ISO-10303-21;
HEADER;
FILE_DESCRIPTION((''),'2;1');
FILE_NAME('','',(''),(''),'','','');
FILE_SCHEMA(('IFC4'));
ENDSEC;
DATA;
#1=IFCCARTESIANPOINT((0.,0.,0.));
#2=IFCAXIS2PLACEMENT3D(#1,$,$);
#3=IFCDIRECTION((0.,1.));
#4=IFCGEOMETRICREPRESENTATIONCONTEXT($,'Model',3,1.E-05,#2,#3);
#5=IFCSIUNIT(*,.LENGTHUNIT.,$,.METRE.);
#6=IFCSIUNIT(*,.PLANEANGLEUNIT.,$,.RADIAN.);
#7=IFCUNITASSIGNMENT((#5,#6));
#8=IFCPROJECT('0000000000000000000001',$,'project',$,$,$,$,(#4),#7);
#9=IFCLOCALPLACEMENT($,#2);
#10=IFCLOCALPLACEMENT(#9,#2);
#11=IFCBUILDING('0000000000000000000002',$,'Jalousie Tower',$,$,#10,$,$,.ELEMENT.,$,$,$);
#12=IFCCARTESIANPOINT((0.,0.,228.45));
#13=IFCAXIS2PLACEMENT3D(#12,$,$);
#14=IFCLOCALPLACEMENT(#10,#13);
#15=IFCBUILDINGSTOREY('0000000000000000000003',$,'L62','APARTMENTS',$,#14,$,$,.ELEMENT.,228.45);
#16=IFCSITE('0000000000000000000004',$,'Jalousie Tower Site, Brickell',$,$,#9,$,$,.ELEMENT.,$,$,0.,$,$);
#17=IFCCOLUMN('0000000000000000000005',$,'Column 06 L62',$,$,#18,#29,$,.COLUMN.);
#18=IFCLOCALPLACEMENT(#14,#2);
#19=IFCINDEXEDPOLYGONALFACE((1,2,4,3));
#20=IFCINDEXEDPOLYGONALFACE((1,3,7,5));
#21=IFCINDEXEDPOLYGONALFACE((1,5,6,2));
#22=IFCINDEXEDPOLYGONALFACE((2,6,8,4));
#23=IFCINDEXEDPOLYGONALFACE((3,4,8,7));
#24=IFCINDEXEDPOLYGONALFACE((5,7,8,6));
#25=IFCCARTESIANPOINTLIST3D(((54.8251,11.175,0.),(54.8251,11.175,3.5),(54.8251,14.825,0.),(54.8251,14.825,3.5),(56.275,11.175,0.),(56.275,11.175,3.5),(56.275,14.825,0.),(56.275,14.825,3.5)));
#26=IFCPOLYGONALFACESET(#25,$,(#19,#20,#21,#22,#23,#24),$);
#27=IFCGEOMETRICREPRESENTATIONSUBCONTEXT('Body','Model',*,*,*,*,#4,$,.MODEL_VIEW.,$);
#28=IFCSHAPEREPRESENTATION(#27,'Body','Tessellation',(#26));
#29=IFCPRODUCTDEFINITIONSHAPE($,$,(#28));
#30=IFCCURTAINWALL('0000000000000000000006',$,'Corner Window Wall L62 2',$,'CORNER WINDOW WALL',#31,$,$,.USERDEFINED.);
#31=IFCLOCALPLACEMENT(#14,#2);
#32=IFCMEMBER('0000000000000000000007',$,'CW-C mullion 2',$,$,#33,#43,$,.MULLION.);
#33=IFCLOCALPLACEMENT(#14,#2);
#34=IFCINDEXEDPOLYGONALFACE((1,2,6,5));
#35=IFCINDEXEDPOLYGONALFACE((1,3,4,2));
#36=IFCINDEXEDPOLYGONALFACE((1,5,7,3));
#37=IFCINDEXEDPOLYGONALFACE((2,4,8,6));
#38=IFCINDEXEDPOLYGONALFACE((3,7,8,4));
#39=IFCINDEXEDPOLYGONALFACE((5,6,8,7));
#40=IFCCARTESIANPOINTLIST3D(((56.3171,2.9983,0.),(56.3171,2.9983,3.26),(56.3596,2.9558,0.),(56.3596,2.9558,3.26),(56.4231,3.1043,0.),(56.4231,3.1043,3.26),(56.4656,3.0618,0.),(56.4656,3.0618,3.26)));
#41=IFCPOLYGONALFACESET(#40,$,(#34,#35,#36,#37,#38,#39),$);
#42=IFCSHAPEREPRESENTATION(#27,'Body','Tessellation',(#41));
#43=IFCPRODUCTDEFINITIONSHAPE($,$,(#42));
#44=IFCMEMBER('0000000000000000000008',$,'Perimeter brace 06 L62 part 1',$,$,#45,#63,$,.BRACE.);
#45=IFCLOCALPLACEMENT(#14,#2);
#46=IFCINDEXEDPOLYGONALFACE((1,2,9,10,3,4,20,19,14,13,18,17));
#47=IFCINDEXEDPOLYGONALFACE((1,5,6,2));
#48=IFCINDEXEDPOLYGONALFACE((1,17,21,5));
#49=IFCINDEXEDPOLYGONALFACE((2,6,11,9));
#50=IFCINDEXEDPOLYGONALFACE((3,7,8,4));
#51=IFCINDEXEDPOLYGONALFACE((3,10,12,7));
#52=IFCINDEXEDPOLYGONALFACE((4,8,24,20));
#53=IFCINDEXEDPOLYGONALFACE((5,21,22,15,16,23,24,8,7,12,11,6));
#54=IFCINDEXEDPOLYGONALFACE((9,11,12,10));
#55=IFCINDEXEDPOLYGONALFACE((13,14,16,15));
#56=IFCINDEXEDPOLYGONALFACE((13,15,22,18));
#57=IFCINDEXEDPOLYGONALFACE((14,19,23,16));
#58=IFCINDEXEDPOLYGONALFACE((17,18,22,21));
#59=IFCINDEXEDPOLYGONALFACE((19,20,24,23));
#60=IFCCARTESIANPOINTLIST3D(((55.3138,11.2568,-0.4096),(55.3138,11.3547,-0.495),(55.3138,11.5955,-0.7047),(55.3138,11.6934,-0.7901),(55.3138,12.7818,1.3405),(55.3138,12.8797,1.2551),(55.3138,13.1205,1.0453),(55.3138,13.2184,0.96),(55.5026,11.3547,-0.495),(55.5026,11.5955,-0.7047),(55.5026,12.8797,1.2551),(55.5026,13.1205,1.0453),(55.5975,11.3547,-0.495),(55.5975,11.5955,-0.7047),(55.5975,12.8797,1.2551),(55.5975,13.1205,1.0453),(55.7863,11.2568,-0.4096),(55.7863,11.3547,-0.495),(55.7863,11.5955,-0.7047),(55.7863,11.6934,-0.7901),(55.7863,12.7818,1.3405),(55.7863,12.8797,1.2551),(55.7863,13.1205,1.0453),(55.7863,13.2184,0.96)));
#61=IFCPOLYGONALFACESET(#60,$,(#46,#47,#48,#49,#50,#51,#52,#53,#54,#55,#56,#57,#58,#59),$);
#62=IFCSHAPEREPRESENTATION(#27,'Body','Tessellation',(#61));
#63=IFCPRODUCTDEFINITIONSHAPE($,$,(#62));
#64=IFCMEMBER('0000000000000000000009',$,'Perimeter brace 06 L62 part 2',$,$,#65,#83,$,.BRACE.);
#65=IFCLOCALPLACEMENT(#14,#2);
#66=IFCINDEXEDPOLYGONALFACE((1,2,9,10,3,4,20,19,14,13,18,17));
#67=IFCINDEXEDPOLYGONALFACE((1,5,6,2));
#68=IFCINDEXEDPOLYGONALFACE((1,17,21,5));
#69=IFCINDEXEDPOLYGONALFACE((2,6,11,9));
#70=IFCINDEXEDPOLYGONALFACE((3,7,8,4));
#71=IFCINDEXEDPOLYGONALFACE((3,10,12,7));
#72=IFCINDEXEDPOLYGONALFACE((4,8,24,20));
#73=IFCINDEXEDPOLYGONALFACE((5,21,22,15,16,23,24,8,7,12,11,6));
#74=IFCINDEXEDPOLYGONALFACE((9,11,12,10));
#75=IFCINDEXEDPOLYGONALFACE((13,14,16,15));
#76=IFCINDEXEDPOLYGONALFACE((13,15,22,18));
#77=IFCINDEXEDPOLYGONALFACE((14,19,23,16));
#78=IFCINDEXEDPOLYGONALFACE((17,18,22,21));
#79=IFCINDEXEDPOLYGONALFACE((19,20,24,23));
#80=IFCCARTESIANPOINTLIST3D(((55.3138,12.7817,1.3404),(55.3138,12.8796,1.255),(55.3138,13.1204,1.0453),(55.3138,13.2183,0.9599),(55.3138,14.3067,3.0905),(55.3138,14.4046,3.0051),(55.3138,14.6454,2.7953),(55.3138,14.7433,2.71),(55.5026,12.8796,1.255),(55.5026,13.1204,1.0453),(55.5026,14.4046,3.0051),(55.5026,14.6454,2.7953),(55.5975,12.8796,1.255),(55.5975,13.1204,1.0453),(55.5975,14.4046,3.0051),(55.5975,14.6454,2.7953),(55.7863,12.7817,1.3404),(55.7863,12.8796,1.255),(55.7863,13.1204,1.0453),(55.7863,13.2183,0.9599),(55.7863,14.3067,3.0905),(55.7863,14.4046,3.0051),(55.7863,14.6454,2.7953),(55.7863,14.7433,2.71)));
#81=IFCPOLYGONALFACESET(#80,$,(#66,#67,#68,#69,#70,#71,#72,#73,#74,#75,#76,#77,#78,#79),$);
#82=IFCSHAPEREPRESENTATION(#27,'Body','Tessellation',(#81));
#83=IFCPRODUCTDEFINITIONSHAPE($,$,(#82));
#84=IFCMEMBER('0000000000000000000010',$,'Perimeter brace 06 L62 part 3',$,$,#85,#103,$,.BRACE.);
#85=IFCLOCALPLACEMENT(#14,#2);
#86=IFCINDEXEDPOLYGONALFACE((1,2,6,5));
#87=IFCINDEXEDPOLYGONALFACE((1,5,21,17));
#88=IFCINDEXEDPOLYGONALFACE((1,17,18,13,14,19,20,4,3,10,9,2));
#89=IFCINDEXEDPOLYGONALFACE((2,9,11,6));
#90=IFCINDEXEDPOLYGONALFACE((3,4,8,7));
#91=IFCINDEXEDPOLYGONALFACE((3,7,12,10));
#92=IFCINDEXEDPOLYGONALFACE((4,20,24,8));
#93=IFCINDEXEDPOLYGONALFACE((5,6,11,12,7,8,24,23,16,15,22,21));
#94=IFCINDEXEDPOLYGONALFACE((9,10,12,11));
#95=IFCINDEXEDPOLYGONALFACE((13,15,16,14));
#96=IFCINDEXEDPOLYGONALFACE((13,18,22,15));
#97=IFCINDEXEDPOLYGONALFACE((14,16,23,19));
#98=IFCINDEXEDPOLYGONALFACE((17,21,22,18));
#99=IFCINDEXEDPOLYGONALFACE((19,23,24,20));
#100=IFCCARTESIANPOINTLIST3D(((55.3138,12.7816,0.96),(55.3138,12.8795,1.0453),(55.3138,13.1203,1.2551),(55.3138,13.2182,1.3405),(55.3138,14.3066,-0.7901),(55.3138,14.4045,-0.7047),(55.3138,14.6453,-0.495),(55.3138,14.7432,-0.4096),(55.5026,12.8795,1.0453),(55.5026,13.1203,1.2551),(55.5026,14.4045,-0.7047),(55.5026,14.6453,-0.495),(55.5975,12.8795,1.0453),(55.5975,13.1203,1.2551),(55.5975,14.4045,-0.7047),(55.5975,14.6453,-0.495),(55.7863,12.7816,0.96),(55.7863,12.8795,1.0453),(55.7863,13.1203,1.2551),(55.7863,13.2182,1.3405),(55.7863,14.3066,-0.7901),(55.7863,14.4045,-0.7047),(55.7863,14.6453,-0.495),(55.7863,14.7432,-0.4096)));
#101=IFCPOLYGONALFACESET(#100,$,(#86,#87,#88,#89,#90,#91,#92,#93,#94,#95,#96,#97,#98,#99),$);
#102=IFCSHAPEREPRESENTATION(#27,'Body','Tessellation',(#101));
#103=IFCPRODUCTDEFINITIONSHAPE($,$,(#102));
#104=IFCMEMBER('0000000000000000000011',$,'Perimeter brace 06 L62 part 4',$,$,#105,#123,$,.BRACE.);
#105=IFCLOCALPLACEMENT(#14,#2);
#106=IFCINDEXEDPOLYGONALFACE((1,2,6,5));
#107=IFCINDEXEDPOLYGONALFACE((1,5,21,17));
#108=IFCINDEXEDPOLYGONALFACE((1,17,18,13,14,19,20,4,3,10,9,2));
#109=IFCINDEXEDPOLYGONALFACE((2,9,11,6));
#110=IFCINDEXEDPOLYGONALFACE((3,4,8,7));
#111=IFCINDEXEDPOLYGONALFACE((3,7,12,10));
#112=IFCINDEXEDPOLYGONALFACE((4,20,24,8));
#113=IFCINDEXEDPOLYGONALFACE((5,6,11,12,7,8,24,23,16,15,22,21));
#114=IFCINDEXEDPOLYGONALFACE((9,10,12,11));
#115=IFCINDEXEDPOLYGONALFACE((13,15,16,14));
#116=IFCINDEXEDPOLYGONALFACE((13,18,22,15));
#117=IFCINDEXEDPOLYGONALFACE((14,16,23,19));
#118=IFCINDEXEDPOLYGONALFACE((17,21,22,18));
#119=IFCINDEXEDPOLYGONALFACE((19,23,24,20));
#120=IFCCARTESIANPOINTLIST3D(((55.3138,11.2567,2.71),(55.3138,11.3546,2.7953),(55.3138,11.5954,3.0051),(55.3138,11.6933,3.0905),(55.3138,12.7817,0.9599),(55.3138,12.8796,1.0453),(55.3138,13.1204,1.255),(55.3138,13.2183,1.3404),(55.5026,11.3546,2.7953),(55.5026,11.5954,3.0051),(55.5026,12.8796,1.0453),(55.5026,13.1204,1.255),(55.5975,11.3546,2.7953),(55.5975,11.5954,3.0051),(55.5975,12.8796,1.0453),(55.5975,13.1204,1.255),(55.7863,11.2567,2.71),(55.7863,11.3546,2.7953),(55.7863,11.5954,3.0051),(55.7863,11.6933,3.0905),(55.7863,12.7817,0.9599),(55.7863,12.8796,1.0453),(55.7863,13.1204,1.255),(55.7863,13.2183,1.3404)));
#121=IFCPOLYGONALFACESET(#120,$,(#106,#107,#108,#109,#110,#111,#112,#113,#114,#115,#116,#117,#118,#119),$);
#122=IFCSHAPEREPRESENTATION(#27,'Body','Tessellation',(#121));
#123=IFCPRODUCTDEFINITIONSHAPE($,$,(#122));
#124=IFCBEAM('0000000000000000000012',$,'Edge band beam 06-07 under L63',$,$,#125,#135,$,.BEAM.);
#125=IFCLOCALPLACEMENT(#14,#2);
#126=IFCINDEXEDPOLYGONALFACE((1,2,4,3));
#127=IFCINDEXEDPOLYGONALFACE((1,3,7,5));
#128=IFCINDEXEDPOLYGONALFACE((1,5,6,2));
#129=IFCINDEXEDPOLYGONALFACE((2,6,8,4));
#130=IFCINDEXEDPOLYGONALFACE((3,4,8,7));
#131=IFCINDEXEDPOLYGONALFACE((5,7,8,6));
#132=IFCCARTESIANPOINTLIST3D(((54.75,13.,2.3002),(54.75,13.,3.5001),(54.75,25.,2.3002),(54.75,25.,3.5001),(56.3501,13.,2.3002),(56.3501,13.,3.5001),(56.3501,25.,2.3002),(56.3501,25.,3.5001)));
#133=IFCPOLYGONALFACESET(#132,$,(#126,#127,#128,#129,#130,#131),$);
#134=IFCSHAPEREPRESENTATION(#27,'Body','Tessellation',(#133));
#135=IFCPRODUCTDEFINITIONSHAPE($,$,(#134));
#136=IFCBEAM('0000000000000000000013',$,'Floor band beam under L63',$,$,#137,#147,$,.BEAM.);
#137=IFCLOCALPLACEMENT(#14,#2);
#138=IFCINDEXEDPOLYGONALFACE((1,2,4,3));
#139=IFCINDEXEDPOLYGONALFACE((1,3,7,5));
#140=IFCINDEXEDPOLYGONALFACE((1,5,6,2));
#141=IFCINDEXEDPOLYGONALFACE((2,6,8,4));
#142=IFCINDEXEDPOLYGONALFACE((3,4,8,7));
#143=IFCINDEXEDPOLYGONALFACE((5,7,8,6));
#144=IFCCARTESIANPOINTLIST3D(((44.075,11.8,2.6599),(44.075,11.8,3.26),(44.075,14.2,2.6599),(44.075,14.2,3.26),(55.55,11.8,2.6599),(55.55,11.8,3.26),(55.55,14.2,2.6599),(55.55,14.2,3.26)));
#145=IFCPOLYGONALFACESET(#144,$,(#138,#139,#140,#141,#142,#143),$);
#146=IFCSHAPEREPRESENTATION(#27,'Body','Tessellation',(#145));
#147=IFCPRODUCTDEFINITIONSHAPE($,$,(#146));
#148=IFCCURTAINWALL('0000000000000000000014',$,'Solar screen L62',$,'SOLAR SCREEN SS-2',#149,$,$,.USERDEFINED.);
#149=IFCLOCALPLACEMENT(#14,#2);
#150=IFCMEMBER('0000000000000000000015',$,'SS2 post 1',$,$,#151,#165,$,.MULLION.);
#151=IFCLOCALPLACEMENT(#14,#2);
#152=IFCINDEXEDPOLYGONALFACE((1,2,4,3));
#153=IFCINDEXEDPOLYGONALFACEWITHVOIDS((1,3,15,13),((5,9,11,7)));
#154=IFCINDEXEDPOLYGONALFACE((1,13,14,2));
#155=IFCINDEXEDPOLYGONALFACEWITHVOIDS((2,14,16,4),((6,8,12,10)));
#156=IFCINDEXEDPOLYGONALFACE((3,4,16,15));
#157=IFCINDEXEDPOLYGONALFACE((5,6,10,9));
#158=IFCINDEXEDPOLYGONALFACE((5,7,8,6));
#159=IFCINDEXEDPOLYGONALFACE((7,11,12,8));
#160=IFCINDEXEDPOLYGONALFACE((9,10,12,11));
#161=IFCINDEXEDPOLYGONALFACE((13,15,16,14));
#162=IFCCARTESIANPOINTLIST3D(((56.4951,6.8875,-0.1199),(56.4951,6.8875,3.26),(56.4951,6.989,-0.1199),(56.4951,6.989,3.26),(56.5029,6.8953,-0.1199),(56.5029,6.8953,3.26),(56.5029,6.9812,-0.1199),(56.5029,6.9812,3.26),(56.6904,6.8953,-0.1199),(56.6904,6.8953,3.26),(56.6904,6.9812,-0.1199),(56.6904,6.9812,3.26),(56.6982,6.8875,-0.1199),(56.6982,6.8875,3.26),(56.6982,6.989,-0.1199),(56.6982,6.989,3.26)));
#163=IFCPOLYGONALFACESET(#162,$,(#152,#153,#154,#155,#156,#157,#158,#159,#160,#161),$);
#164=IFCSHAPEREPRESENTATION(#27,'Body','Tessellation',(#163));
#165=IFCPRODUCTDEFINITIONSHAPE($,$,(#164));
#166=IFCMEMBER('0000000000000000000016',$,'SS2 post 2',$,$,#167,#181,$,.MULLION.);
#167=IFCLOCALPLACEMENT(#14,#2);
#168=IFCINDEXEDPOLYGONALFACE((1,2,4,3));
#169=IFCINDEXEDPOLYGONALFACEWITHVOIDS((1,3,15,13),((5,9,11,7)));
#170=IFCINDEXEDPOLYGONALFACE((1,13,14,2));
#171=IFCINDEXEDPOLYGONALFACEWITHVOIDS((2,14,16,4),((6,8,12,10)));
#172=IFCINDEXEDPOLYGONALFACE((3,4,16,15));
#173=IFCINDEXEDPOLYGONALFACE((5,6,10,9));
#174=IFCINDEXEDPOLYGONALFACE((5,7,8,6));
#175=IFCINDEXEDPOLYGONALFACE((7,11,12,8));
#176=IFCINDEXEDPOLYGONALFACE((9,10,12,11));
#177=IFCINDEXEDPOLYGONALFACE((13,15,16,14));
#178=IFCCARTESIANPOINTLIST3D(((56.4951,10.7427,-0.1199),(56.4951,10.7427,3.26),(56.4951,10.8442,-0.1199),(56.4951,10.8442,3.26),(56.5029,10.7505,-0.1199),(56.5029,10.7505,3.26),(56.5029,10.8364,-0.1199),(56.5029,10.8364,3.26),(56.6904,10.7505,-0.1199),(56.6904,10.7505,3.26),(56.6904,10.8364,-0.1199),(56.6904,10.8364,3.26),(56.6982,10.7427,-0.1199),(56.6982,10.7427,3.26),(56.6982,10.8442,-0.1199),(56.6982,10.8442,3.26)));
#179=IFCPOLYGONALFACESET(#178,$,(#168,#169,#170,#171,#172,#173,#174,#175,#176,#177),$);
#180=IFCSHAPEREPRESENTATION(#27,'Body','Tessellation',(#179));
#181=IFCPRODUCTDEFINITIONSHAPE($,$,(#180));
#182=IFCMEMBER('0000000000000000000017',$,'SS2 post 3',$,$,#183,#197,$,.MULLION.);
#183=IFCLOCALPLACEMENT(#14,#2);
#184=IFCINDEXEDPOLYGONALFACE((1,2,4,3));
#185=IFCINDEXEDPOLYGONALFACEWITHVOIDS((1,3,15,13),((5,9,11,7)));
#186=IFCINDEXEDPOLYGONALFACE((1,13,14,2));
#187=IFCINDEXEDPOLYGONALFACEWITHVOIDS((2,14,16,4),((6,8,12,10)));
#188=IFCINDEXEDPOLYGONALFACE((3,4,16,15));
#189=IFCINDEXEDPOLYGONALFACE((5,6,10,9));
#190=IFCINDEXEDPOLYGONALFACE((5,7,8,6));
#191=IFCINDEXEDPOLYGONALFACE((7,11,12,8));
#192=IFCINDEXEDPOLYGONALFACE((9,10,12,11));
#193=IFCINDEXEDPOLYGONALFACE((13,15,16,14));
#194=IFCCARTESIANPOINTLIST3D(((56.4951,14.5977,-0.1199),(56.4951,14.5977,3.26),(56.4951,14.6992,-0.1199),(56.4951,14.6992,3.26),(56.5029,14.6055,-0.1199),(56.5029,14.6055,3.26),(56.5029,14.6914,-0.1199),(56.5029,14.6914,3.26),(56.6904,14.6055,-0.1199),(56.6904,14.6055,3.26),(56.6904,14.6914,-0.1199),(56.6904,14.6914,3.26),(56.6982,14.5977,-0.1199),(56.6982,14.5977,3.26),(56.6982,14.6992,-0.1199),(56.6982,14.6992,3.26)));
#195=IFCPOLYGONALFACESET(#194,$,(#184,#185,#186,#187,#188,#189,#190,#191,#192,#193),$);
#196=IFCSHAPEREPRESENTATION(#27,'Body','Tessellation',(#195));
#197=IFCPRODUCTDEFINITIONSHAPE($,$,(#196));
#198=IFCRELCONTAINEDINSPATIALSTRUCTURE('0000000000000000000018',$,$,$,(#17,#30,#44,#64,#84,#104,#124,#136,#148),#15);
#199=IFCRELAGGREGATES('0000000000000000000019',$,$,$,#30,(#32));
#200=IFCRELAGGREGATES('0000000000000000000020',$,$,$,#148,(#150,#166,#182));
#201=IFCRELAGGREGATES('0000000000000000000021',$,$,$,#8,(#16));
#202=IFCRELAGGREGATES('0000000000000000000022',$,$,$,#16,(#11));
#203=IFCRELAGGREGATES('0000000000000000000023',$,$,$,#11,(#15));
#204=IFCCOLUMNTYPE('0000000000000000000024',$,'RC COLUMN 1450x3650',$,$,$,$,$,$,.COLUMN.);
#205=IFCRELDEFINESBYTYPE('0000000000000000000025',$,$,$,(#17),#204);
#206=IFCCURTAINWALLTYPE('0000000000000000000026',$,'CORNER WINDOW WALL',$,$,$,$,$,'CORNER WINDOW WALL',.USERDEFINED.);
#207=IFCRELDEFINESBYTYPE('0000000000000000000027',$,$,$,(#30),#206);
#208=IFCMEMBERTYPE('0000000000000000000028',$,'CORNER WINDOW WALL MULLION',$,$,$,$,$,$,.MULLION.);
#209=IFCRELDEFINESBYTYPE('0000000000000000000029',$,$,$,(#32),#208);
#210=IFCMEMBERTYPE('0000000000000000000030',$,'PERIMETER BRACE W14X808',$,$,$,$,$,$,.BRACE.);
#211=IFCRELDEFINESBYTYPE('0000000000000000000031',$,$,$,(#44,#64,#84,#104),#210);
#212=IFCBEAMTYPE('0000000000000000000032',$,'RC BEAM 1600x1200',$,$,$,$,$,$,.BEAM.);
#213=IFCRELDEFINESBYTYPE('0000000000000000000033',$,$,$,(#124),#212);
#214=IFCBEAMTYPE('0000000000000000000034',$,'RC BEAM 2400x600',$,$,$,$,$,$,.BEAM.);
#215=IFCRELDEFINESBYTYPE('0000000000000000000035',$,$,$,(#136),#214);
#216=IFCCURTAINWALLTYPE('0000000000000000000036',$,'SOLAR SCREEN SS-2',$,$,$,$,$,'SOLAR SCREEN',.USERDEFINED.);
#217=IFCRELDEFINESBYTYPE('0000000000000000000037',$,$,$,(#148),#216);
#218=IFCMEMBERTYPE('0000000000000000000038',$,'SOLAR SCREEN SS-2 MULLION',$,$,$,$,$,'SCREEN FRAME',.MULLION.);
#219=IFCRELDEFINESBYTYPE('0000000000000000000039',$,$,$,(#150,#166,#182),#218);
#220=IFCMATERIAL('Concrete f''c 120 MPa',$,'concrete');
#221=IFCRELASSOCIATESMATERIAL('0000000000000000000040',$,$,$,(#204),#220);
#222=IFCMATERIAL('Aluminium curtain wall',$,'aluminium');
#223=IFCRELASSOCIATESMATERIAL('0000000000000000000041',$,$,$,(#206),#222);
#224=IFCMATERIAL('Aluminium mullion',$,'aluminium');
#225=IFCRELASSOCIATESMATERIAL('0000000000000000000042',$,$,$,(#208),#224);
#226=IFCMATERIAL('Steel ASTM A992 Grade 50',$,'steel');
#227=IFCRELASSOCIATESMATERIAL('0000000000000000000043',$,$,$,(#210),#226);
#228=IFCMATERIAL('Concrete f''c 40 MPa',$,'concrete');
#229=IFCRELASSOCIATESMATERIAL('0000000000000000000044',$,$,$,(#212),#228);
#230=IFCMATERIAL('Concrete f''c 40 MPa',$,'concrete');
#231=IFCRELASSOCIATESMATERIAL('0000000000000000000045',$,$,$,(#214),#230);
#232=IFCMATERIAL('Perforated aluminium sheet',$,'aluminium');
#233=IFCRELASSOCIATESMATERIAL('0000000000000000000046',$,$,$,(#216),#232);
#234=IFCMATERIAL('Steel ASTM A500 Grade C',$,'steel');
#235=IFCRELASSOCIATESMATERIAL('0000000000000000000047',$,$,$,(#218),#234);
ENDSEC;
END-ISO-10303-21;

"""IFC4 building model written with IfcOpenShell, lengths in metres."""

from ifc_helpers import new_model, si_unit, direction, frame, origin, origin_2d, place, context, subcontext, project, spatial, rectangle, hollow_rectangle, i_section, extrude, material, material_profile, profile_set, type_object, element, aggregate, save


model = new_model("IFC4")

# Units and contexts
model_context = context("Model", 3, precision=1e-05, world=origin(), true_north=direction((0.0, 1.0)))
body_context = subcontext(model_context, "Body", "Model", "MODEL_VIEW")
ifc_project = project(units=[si_unit("LENGTHUNIT", "METRE"), si_unit("PLANEANGLEUNIT", "RADIAN")], contexts=[model_context])

# Site, building, storey
site_placement = place(None, origin())
site = spatial("IfcSite", under=ifc_project, at=site_placement, Name="Jalousie Tower Site, Brickell", CompositionType="ELEMENT", RefElevation=0.0)
building_placement = place(site_placement, origin())
building = spatial("IfcBuilding", under=site, at=building_placement, Name="Jalousie Tower", CompositionType="ELEMENT")
storey_placement = place(building_placement, frame((0.0, 0.0, 228.45)))
storey = spatial("IfcBuildingStorey", under=building, at=storey_placement, Name="L62", Description="APARTMENTS", CompositionType="ELEMENT", Elevation=228.45)

# Column
ifc_material_1 = material(Name="Concrete f'c 120 MPa", Category="concrete")
ifc_material_profile_1 = material_profile(ifc_material_1, rectangle(XDim=1.45, YDim=3.6499, at=origin_2d()), Name="RC 1450x3650")
ifc_profile_set_1 = profile_set([ifc_material_profile_1], Name="Concrete f'c 120 MPa")
column_type = type_object("IfcColumnType", Name="RC COLUMN 1450x3650", PredefinedType="COLUMN", material=ifc_profile_set_1)
column_placement = place(storey_placement, frame((55.55, 13.0, 0.0), z_axis=(0.0, 0.0, 1.0), x_axis=(1.0, 0.0, 0.0)))
element("IfcColumn", 1, at=column_placement, inside=storey, type_object=column_type, Name="Column 06 L62", PredefinedType="COLUMN", context=body_context, shape_type="SweptSolid", body=[
    extrude(rectangle(XDim=1.45, YDim=3.6499, at=origin_2d()), origin(), (0.0, 0.0, 1.0), 3.5),
])

# Curtain wall, member
ifc_material_2 = material(Name="Aluminium curtain wall", Category="aluminium")
curtain_wall_type_1 = type_object("IfcCurtainWallType", Name="CORNER WINDOW WALL", ElementType="CORNER WINDOW WALL", PredefinedType="USERDEFINED", material=ifc_material_2)
curtain_wall_1_placement = place(storey_placement, origin())
curtain_wall_1 = element("IfcCurtainWall", 2, at=curtain_wall_1_placement, inside=storey, type_object=curtain_wall_type_1, Name="Corner Window Wall L62 2", ObjectType="CORNER WINDOW WALL", PredefinedType="USERDEFINED")
ifc_material_3 = material(Name="Aluminium mullion", Category="aluminium")
ifc_material_profile_2 = material_profile(ifc_material_3, rectangle(XDim=0.0601, YDim=0.1499, at=origin_2d()), Name="MULLION 60x150")
ifc_profile_set_2 = profile_set([ifc_material_profile_2], Name="Aluminium mullion")
member_type_1 = type_object("IfcMemberType", Name="CORNER WINDOW WALL MULLION", PredefinedType="MULLION", material=ifc_profile_set_2)
member_1_placement = place(storey_placement, frame((56.3914, 3.03, 0.0), z_axis=(0.0, 0.0, 1.0), x_axis=(-0.707107, 0.707107, 0.0)))
member_1 = element("IfcMember", 3, at=member_1_placement, type_object=member_type_1, Name="CW-C mullion 2", PredefinedType="MULLION", context=body_context, shape_type="SweptSolid", body=[
    extrude(rectangle(XDim=0.0601, YDim=0.1499, at=origin_2d()), origin(), (0.0, 0.0, 1.0), 3.26),
])
aggregate(curtain_wall_1, [member_1])

# Members
ifc_material_4 = material(Name="Steel ASTM A992 Grade 50", Category="steel")
ifc_material_profile_3 = material_profile(ifc_material_4, i_section(OverallWidth=0.4724, OverallDepth=0.5791, WebThickness=0.095, FlangeThickness=0.1299, at=origin_2d()), Name="W14X808")
ifc_profile_set_3 = profile_set([ifc_material_profile_3], Name="Steel ASTM A992 Grade 50")
member_type_2 = type_object("IfcMemberType", Name="PERIMETER BRACE W14X808", PredefinedType="BRACE", material=ifc_profile_set_3)
for number, where, z_axis, x_axis, name in (
    (4, (55.55, 11.4751, -0.5999), (0.0, 0.656954, 0.75393), (-1.0, 0.0, 0.0), "Perimeter brace 06 L62 part 1"),
    (5, (55.55, 13.0, 1.1501), (0.0, 0.656954, 0.75393), (-1.0, 0.0, 0.0), "Perimeter brace 06 L62 part 2"),
    (6, (55.55, 14.5249, -0.5999), (0.0, -0.656954, 0.75393), (1.0, 0.0, 0.0), "Perimeter brace 06 L62 part 3"),
    (7, (55.55, 13.0, 1.1501), (0.0, -0.656954, 0.75393), (1.0, 0.0, 0.0), "Perimeter brace 06 L62 part 4"),
):
    element("IfcMember", number, at=place(storey_placement, frame(where, z_axis=z_axis, x_axis=x_axis)), inside=storey, type_object=member_type_2, Name=name, PredefinedType="BRACE", context=body_context, shape_type="SweptSolid", body=[
        extrude(i_section(OverallWidth=0.4724, OverallDepth=0.5791, WebThickness=0.095, FlangeThickness=0.1299, at=origin_2d()), origin(), (0.0, 0.0, 1.0), 2.3213),
    ])

# Beams
ifc_material_5 = material(Name="Concrete f'c 40 MPa", Category="concrete")
ifc_material_profile_4 = material_profile(ifc_material_5, rectangle(XDim=1.6001, YDim=1.2, at=origin_2d()), Name="RC 1600x1200")
ifc_profile_set_4 = profile_set([ifc_material_profile_4], Name="Concrete f'c 40 MPa")
beam_type_1 = type_object("IfcBeamType", Name="RC BEAM 1600x1200", PredefinedType="BEAM", material=ifc_profile_set_4)
beam_1_placement = place(storey_placement, frame((55.55, 13.0, 2.9001), z_axis=(0.0, 1.0, 0.0), x_axis=(-1.0, 0.0, 0.0)))
element("IfcBeam", 8, at=beam_1_placement, inside=storey, type_object=beam_type_1, Name="Edge band beam 06-07 under L63", PredefinedType="BEAM", context=body_context, shape_type="SweptSolid", body=[
    extrude(rectangle(XDim=1.6001, YDim=1.2, at=origin_2d()), origin(), (0.0, 0.0, 1.0), 12.0),
])
ifc_material_6 = material(Name="Concrete f'c 40 MPa", Category="concrete")
ifc_material_profile_5 = material_profile(ifc_material_6, rectangle(XDim=2.3999, YDim=0.6001, at=origin_2d()), Name="RC 2400x600")
ifc_profile_set_5 = profile_set([ifc_material_profile_5], Name="Concrete f'c 40 MPa")
beam_type_2 = type_object("IfcBeamType", Name="RC BEAM 2400x600", PredefinedType="BEAM", material=ifc_profile_set_5)
beam_2_placement = place(storey_placement, frame((55.55, 13.0, 2.96), z_axis=(-1.0, 0.0, 0.0), x_axis=(0.0, -1.0, 0.0)))
element("IfcBeam", 9, at=beam_2_placement, inside=storey, type_object=beam_type_2, Name="Floor band beam under L63", PredefinedType="BEAM", context=body_context, shape_type="SweptSolid", body=[
    extrude(rectangle(XDim=2.3999, YDim=0.6001, at=origin_2d()), origin(), (0.0, 0.0, 1.0), 11.4751),
])

# Curtain wall, members
ifc_material_7 = material(Name="Perforated aluminium sheet", Category="aluminium")
curtain_wall_type_2 = type_object("IfcCurtainWallType", Name="SOLAR SCREEN SS-2", ElementType="SOLAR SCREEN", PredefinedType="USERDEFINED", material=ifc_material_7)
curtain_wall_2_placement = place(storey_placement, origin())
curtain_wall_2 = element("IfcCurtainWall", 10, at=curtain_wall_2_placement, inside=storey, type_object=curtain_wall_type_2, Name="Solar screen L62", ObjectType="SOLAR SCREEN SS-2", PredefinedType="USERDEFINED")
ifc_material_8 = material(Name="Steel ASTM A500 Grade C", Category="steel")
ifc_material_profile_6 = material_profile(ifc_material_8, hollow_rectangle(XDim=0.1016, YDim=0.2031, WallThickness=0.0078, at=origin_2d()), Name="HSS8X4X5/16")
ifc_profile_set_6 = profile_set([ifc_material_profile_6], Name="Steel ASTM A500 Grade C")
member_type_3 = type_object("IfcMemberType", Name="SOLAR SCREEN SS-2 MULLION", ElementType="SCREEN FRAME", PredefinedType="MULLION", material=ifc_profile_set_6)
member_2_placement = place(storey_placement, frame((56.5967, 6.9382, -0.1199), z_axis=(0.0, 0.0, 1.0), x_axis=(0.0, 1.0, 0.0)))
member_2 = element("IfcMember", 11, at=member_2_placement, type_object=member_type_3, Name="SS2 post 1", PredefinedType="MULLION", context=body_context, shape_type="SweptSolid", body=[
    extrude(hollow_rectangle(XDim=0.1016, YDim=0.2031, WallThickness=0.0078, at=origin_2d()), origin(), (0.0, 0.0, 1.0), 3.3799),
])
member_3_placement = place(storey_placement, frame((56.5967, 10.7935, -0.1199), z_axis=(0.0, 0.0, 1.0), x_axis=(0.0, 1.0, 0.0)))
member_3 = element("IfcMember", 12, at=member_3_placement, type_object=member_type_3, Name="SS2 post 2", PredefinedType="MULLION", context=body_context, shape_type="SweptSolid", body=[
    extrude(hollow_rectangle(XDim=0.1016, YDim=0.2031, WallThickness=0.0078, at=origin_2d()), origin(), (0.0, 0.0, 1.0), 3.3799),
])
member_4_placement = place(storey_placement, frame((56.5967, 14.6484, -0.1199), z_axis=(0.0, 0.0, 1.0), x_axis=(0.0, 1.0, 0.0)))
member_4 = element("IfcMember", 13, at=member_4_placement, type_object=member_type_3, Name="SS2 post 3", PredefinedType="MULLION", context=body_context, shape_type="SweptSolid", body=[
    extrude(hollow_rectangle(XDim=0.1016, YDim=0.2031, WallThickness=0.0078, at=origin_2d()), origin(), (0.0, 0.0, 1.0), 3.3799),
])
aggregate(curtain_wall_2, [member_2, member_3, member_4])

save(model, "model.ifc")
